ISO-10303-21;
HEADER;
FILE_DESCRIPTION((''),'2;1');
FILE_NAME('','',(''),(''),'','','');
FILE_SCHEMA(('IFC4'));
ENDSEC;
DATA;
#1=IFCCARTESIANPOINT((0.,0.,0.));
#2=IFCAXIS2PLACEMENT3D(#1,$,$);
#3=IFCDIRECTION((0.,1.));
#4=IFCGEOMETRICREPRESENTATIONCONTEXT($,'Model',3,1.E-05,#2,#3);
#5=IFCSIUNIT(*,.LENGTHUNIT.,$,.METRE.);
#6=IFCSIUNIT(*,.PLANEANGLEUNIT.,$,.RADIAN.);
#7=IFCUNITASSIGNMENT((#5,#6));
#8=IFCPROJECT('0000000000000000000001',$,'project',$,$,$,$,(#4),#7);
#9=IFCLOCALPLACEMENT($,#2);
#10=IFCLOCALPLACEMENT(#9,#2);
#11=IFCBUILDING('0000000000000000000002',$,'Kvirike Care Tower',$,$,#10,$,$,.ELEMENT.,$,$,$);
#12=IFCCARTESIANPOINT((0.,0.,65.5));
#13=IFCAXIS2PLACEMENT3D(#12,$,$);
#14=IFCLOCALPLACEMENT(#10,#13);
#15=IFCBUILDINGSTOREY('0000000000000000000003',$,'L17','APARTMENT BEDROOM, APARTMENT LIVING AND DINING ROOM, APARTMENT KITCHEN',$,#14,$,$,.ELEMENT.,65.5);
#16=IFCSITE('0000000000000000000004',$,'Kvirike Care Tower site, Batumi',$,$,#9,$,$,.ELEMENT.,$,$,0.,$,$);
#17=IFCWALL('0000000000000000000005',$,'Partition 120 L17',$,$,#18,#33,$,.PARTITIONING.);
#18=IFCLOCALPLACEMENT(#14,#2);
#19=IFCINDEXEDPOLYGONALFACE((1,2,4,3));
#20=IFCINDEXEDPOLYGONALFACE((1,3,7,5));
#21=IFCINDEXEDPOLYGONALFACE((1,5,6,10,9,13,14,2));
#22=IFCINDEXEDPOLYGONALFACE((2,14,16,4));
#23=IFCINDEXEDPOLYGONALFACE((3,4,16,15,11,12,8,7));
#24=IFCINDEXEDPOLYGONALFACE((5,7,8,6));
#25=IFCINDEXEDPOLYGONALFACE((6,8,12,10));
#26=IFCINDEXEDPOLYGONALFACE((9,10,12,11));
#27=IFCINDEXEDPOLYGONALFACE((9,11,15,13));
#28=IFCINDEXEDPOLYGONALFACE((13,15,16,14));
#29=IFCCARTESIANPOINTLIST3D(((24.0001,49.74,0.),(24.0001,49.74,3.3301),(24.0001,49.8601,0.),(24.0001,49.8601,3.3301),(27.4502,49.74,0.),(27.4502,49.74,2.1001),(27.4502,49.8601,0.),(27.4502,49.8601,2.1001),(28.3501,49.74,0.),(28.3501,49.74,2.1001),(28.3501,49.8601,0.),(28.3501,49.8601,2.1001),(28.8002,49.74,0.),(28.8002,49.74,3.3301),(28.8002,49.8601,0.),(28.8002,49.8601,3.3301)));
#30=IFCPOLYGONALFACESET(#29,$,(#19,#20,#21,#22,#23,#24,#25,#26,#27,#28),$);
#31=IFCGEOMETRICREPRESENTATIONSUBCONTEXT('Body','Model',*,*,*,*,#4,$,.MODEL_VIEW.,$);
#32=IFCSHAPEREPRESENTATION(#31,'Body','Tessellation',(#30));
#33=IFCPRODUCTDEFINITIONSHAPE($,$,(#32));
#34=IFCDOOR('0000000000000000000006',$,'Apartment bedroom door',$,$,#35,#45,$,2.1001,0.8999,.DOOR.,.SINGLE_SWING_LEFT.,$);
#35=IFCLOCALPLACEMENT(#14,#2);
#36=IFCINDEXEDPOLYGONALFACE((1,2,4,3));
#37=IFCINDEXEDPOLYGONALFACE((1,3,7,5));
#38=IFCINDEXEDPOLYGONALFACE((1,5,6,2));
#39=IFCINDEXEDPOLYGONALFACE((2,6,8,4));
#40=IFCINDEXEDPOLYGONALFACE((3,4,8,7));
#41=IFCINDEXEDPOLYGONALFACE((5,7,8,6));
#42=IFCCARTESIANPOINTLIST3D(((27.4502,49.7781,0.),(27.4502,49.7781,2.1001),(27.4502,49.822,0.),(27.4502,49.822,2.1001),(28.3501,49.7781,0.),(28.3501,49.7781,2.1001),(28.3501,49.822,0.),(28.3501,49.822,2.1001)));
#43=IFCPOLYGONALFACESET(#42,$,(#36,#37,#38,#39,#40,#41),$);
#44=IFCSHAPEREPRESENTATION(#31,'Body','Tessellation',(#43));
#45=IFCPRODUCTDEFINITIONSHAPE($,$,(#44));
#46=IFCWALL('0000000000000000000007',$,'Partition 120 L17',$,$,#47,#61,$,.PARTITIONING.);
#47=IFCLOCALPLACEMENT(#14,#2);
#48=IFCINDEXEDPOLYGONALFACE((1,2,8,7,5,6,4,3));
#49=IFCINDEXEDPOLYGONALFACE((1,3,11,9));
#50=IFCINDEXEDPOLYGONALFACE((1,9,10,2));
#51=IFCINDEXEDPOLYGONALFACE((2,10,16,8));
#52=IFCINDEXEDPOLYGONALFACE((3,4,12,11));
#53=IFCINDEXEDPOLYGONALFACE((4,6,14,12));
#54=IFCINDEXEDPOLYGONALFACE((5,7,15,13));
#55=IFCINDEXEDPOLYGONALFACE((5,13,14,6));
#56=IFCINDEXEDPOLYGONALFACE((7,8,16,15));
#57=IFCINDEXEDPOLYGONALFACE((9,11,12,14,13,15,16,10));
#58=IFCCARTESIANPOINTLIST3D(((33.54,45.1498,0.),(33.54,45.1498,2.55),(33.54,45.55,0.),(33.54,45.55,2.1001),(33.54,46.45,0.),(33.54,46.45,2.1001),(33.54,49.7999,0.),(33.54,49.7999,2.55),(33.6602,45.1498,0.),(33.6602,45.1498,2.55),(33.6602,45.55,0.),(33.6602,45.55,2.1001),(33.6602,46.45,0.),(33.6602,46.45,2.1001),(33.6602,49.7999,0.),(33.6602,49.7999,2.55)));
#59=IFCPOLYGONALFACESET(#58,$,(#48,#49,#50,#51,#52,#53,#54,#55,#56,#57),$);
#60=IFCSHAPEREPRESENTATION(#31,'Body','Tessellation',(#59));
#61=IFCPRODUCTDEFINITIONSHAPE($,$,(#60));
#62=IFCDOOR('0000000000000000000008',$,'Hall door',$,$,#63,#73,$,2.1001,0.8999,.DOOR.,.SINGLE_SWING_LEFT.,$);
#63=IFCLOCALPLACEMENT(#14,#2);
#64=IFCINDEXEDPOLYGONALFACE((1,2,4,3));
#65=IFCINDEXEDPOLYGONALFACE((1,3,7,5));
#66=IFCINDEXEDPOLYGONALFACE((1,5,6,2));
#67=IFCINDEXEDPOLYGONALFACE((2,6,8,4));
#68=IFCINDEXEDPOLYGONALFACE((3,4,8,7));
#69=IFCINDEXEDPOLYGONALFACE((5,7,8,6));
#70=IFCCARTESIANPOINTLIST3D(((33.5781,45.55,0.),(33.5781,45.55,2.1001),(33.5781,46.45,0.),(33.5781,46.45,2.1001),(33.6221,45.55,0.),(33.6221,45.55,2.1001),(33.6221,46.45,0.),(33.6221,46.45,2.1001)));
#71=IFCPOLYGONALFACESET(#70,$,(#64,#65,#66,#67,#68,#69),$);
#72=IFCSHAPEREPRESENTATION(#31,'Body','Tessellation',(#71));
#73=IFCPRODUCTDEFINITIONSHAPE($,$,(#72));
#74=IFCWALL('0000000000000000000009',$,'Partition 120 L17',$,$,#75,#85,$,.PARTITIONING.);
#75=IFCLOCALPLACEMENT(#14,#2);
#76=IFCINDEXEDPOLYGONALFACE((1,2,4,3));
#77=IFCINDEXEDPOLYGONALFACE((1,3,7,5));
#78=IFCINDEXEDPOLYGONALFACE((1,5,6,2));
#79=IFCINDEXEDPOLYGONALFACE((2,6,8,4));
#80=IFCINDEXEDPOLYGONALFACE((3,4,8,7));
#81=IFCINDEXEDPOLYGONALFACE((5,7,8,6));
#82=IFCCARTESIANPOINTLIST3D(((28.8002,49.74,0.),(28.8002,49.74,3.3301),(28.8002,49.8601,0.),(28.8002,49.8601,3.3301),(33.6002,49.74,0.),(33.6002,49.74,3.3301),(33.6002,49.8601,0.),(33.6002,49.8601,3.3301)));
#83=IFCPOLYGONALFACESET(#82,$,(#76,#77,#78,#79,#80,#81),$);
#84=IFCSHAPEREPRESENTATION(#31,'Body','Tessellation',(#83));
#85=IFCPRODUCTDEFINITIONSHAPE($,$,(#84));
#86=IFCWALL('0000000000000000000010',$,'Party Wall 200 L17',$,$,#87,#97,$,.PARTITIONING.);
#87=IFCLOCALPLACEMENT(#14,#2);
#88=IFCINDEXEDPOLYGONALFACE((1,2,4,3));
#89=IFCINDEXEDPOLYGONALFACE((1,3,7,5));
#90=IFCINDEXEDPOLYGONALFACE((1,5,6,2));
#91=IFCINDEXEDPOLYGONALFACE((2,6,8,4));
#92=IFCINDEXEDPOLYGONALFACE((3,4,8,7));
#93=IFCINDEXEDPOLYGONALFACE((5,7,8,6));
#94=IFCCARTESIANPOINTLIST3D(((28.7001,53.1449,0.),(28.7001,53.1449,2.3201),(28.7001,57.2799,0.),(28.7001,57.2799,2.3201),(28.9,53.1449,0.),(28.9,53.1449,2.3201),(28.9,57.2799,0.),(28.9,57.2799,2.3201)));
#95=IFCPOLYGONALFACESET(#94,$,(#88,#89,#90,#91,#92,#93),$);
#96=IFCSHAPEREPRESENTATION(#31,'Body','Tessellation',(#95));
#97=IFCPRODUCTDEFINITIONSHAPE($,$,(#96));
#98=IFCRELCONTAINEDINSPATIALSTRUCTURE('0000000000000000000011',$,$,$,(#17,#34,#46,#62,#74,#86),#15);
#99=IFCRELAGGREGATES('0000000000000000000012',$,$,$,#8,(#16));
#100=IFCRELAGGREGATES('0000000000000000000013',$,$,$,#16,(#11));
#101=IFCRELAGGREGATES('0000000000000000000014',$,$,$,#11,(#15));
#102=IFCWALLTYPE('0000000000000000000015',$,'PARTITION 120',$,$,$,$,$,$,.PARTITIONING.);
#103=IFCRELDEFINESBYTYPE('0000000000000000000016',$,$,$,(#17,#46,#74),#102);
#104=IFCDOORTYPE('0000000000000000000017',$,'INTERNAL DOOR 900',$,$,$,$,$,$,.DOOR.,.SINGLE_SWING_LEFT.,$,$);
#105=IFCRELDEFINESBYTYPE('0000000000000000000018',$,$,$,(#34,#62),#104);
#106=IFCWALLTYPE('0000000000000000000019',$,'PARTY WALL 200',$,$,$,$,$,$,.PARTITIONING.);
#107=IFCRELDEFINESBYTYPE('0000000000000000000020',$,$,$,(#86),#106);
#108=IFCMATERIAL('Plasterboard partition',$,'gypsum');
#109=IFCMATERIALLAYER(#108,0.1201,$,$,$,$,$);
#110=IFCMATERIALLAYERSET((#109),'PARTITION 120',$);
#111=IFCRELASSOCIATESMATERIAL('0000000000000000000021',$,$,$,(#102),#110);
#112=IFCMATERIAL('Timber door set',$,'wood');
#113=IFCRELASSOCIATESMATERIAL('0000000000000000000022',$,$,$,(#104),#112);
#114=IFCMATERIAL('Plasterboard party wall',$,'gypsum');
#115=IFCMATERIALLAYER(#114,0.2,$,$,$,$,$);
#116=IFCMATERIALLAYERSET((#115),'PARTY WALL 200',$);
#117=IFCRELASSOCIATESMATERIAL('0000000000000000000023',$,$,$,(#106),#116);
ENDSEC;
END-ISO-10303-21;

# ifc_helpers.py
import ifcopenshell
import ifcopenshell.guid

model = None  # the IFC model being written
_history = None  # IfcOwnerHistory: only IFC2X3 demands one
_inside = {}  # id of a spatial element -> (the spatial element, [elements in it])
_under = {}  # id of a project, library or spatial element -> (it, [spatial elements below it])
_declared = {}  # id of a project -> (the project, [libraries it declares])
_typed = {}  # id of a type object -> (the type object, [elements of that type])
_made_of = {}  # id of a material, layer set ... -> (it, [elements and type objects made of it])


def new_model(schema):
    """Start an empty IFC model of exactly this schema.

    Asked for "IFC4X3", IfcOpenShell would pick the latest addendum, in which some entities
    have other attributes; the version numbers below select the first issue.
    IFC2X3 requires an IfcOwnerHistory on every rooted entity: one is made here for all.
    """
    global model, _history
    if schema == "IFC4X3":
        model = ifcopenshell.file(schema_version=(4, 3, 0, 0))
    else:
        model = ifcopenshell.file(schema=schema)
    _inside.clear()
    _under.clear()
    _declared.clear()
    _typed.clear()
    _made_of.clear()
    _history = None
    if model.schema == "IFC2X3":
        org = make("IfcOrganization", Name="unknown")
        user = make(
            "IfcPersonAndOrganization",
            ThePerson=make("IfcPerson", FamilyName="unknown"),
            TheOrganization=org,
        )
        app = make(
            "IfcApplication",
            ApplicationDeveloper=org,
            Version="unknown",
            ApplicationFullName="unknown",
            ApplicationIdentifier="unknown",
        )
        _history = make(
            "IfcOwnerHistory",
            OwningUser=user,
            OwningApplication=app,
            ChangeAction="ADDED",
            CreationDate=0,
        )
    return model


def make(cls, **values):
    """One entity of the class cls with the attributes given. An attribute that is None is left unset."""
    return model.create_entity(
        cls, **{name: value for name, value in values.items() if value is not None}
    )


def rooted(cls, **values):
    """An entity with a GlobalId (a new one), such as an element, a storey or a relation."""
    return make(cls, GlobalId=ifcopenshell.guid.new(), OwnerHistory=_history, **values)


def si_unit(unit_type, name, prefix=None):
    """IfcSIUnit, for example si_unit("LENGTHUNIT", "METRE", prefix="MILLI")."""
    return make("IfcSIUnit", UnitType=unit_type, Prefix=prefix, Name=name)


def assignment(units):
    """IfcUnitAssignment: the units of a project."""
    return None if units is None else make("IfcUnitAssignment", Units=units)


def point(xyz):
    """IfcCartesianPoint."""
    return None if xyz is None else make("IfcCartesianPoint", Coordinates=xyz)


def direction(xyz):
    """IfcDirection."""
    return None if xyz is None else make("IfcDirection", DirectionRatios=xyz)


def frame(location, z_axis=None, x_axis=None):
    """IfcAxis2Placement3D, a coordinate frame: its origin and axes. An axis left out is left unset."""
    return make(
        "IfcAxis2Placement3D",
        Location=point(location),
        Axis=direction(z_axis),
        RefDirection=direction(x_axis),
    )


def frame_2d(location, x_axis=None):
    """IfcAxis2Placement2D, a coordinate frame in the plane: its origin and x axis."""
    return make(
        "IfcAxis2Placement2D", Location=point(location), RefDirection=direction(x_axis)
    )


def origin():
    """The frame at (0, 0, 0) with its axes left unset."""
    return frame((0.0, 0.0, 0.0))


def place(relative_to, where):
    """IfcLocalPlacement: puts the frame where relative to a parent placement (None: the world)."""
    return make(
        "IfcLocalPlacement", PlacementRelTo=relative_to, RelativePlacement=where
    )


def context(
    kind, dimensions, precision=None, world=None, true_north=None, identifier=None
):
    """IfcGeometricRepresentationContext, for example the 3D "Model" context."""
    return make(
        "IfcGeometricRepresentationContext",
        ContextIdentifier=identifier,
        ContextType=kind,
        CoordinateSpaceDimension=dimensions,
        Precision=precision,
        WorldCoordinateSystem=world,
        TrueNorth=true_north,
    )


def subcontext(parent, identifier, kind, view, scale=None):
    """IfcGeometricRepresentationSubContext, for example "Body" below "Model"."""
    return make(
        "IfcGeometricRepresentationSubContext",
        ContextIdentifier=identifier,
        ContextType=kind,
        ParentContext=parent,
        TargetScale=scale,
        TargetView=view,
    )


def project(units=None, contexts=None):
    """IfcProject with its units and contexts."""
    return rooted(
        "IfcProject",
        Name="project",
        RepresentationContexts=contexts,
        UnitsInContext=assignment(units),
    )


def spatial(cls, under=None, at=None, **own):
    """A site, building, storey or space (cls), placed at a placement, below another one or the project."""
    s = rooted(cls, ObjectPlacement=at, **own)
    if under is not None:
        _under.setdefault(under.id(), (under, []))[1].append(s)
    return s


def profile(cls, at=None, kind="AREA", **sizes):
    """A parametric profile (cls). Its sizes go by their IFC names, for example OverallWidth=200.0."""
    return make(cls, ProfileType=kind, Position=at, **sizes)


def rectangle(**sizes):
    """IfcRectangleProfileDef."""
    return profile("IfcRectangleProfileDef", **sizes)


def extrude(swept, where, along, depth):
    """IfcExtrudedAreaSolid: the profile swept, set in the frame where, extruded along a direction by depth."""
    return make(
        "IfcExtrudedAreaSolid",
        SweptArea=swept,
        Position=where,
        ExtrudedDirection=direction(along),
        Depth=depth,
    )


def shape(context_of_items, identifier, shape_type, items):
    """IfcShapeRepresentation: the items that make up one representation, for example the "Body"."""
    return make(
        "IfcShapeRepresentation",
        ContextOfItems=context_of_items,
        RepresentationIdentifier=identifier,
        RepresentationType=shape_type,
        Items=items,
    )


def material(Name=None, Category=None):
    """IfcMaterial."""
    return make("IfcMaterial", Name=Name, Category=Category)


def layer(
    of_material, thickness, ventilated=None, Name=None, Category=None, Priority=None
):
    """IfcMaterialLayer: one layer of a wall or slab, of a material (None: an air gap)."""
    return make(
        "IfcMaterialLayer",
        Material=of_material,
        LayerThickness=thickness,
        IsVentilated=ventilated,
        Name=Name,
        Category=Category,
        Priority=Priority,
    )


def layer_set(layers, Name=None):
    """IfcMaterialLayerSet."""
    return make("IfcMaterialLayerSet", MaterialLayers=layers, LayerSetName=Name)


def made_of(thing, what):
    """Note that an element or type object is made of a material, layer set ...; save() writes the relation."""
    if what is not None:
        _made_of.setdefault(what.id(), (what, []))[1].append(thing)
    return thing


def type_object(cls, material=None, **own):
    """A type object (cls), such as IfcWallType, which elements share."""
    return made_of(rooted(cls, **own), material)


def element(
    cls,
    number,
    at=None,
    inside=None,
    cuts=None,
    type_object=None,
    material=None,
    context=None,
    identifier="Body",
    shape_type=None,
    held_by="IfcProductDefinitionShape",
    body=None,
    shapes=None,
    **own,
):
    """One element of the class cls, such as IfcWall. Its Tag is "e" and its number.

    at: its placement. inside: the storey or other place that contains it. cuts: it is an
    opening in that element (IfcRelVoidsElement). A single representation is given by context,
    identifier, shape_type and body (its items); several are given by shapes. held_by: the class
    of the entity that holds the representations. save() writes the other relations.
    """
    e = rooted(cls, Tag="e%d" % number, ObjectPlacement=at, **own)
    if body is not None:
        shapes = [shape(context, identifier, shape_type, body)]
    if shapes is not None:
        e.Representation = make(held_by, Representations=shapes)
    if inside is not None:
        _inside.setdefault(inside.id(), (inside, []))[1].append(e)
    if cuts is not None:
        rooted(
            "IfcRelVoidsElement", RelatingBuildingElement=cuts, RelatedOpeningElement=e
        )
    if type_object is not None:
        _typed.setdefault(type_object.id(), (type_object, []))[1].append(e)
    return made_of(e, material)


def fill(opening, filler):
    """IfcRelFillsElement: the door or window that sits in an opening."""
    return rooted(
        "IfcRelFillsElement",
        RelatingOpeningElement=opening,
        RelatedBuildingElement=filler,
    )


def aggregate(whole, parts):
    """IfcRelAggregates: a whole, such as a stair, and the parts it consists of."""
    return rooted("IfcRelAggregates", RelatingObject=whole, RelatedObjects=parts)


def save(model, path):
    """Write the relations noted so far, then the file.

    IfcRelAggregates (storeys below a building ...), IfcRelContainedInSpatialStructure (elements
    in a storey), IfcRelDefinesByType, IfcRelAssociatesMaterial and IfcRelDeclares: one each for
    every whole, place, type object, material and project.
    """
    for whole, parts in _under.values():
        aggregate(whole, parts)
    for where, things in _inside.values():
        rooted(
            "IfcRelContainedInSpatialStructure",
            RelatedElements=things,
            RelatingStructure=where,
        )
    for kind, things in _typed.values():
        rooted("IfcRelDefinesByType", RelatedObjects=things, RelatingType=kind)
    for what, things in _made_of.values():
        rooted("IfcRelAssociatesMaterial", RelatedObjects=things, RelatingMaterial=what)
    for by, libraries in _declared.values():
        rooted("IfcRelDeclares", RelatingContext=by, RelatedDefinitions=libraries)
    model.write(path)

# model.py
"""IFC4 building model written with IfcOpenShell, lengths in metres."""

from ifc_helpers import new_model, si_unit, direction, frame, frame_2d, origin, place, context, subcontext, project, spatial, rectangle, extrude, material, layer, layer_set, type_object, element, fill, save


model = new_model("IFC4")

# Units and contexts
model_context = context("Model", 3, precision=1e-05, world=origin(), true_north=direction((0.0, 1.0)))
body_context = subcontext(model_context, "Body", "Model", "MODEL_VIEW")
ifc_project = project(units=[si_unit("LENGTHUNIT", "METRE"), si_unit("PLANEANGLEUNIT", "RADIAN")], contexts=[model_context])

# Site, building, storey
site_placement = place(None, origin())
site = spatial("IfcSite", under=ifc_project, at=site_placement, Name="Kvirike Care Tower site, Batumi", CompositionType="ELEMENT", RefElevation=0.0)
building_placement = place(site_placement, origin())
building = spatial("IfcBuilding", under=site, at=building_placement, Name="Kvirike Care Tower", CompositionType="ELEMENT")
storey_placement = place(building_placement, frame((0.0, 0.0, 65.5)))
storey = spatial("IfcBuildingStorey", under=building, at=storey_placement, Name="L17", Description="APARTMENT BEDROOM, APARTMENT LIVING AND DINING ROOM, APARTMENT KITCHEN", CompositionType="ELEMENT", Elevation=65.5)

# Walls, openings, doors
ifc_material_1 = material(Name="Plasterboard partition", Category="gypsum")
ifc_layer_1 = layer(ifc_material_1, 0.1201)
ifc_layer_set_1 = layer_set([ifc_layer_1], Name="PARTITION 120")
wall_type_1 = type_object("IfcWallType", Name="PARTITION 120", PredefinedType="PARTITIONING", material=ifc_layer_set_1)
wall_1_placement = place(storey_placement, frame((28.8, 49.8, 0.0), z_axis=(0.0, 0.0, 1.0), x_axis=(-1.0, 0.0, 0.0)))
wall_1 = element("IfcWall", 1, at=wall_1_placement, inside=storey, type_object=wall_type_1, Name="Partition 120 L17", PredefinedType="PARTITIONING", context=body_context, shape_type="SweptSolid", body=[
    extrude(rectangle(XDim=4.8, YDim=0.1201, at=frame_2d((2.3999, 0.0))), origin(), (0.0, 0.0, 1.0), 3.3301),
])
opening_1_placement = place(wall_1_placement, frame((0.45, 0.0, 0.0)))
opening_1 = element("IfcOpeningElement", 2, at=opening_1_placement, cuts=wall_1, PredefinedType="OPENING", context=body_context, shape_type="SweptSolid", body=[
    extrude(rectangle(XDim=0.8999, YDim=2.1001, at=frame_2d((0.45, 1.05))), frame((0.0, 0.0706, 0.0), z_axis=(0.0, -1.0, 0.0), x_axis=(1.0, 0.0, 0.0)), (0.0, 0.0, 1.0), 0.1411),
])
ifc_material_2 = material(Name="Timber door set", Category="wood")
door_type_1 = type_object("IfcDoorType", Name="INTERNAL DOOR 900", OperationType="SINGLE_SWING_LEFT", PredefinedType="DOOR", material=ifc_material_2)
door_1_placement = place(opening_1_placement, frame((0.8999, 0.0, 0.0), z_axis=(0.0, 0.0, 1.0), x_axis=(-1.0, 0.0, 0.0)))
door_1 = element("IfcDoor", 3, at=door_1_placement, inside=storey, type_object=door_type_1, Name="Apartment bedroom door", OperationType="SINGLE_SWING_LEFT", OverallHeight=2.1001, OverallWidth=0.8999, PredefinedType="DOOR", context=body_context, shape_type="SweptSolid", body=[
    extrude(rectangle(XDim=0.8999, YDim=2.1001, at=frame_2d((0.45, 1.05))), frame((0.0, 0.022, 0.0), z_axis=(0.0, -1.0, 0.0), x_axis=(1.0, 0.0, 0.0)), (0.0, 0.0, 1.0), 0.0439),
])
fill(opening_1, door_1)
wall_2_placement = place(storey_placement, frame((33.6001, 49.8, 0.0), z_axis=(0.0, 0.0, 1.0), x_axis=(0.0, -1.0, 0.0)))
wall_2 = element("IfcWall", 4, at=wall_2_placement, inside=storey, type_object=wall_type_1, Name="Partition 120 L17", PredefinedType="PARTITIONING", context=body_context, shape_type="SweptSolid", body=[
    extrude(rectangle(XDim=4.6501, YDim=0.1201, at=frame_2d((2.3252, 0.0))), origin(), (0.0, 0.0, 1.0), 2.55),
])
opening_2_placement = place(wall_2_placement, frame((3.3501, 0.0, 0.0)))
opening_2 = element("IfcOpeningElement", 5, at=opening_2_placement, cuts=wall_2, PredefinedType="OPENING", context=body_context, shape_type="SweptSolid", body=[
    extrude(rectangle(XDim=0.8999, YDim=2.1001, at=frame_2d((0.45, 1.05))), frame((0.0, 0.0706, 0.0), z_axis=(0.0, -1.0, 0.0), x_axis=(1.0, 0.0, 0.0)), (0.0, 0.0, 1.0), 0.1411),
])
door_2_placement = place(opening_2_placement, frame((0.8999, 0.0, 0.0), z_axis=(0.0, 0.0, 1.0), x_axis=(-1.0, 0.0, 0.0)))
door_2 = element("IfcDoor", 6, at=door_2_placement, inside=storey, type_object=door_type_1, Name="Hall door", OperationType="SINGLE_SWING_LEFT", OverallHeight=2.1001, OverallWidth=0.8999, PredefinedType="DOOR", context=body_context, shape_type="SweptSolid", body=[
    extrude(rectangle(XDim=0.8999, YDim=2.1001, at=frame_2d((0.45, 1.05))), frame((0.0, 0.022, 0.0), z_axis=(0.0, -1.0, 0.0), x_axis=(1.0, 0.0, 0.0)), (0.0, 0.0, 1.0), 0.0439),
])
fill(opening_2, door_2)

# Walls
wall_3_placement = place(storey_placement, frame((33.6001, 49.8, 0.0), z_axis=(0.0, 0.0, 1.0), x_axis=(-1.0, 0.0, 0.0)))
element("IfcWall", 7, at=wall_3_placement, inside=storey, type_object=wall_type_1, Name="Partition 120 L17", PredefinedType="PARTITIONING", context=body_context, shape_type="SweptSolid", body=[
    extrude(rectangle(XDim=4.8, YDim=0.1201, at=frame_2d((2.3999, 0.0))), origin(), (0.0, 0.0, 1.0), 3.3301),
])
ifc_material_3 = material(Name="Plasterboard party wall", Category="gypsum")
ifc_layer_2 = layer(ifc_material_3, 0.2)
ifc_layer_set_2 = layer_set([ifc_layer_2], Name="PARTY WALL 200")
wall_type_2 = type_object("IfcWallType", Name="PARTY WALL 200", PredefinedType="PARTITIONING", material=ifc_layer_set_2)
wall_4_placement = place(storey_placement, frame((28.8, 53.145, 0.0), z_axis=(0.0, 0.0, 1.0), x_axis=(0.0, 1.0, 0.0)))
element("IfcWall", 8, at=wall_4_placement, inside=storey, type_object=wall_type_2, Name="Party Wall 200 L17", PredefinedType="PARTITIONING", context=body_context, shape_type="SweptSolid", body=[
    extrude(rectangle(XDim=4.135, YDim=0.2, at=frame_2d((2.0674, 0.0))), origin(), (0.0, 0.0, 1.0), 2.3201),
])

save(model, "model.ifc")
